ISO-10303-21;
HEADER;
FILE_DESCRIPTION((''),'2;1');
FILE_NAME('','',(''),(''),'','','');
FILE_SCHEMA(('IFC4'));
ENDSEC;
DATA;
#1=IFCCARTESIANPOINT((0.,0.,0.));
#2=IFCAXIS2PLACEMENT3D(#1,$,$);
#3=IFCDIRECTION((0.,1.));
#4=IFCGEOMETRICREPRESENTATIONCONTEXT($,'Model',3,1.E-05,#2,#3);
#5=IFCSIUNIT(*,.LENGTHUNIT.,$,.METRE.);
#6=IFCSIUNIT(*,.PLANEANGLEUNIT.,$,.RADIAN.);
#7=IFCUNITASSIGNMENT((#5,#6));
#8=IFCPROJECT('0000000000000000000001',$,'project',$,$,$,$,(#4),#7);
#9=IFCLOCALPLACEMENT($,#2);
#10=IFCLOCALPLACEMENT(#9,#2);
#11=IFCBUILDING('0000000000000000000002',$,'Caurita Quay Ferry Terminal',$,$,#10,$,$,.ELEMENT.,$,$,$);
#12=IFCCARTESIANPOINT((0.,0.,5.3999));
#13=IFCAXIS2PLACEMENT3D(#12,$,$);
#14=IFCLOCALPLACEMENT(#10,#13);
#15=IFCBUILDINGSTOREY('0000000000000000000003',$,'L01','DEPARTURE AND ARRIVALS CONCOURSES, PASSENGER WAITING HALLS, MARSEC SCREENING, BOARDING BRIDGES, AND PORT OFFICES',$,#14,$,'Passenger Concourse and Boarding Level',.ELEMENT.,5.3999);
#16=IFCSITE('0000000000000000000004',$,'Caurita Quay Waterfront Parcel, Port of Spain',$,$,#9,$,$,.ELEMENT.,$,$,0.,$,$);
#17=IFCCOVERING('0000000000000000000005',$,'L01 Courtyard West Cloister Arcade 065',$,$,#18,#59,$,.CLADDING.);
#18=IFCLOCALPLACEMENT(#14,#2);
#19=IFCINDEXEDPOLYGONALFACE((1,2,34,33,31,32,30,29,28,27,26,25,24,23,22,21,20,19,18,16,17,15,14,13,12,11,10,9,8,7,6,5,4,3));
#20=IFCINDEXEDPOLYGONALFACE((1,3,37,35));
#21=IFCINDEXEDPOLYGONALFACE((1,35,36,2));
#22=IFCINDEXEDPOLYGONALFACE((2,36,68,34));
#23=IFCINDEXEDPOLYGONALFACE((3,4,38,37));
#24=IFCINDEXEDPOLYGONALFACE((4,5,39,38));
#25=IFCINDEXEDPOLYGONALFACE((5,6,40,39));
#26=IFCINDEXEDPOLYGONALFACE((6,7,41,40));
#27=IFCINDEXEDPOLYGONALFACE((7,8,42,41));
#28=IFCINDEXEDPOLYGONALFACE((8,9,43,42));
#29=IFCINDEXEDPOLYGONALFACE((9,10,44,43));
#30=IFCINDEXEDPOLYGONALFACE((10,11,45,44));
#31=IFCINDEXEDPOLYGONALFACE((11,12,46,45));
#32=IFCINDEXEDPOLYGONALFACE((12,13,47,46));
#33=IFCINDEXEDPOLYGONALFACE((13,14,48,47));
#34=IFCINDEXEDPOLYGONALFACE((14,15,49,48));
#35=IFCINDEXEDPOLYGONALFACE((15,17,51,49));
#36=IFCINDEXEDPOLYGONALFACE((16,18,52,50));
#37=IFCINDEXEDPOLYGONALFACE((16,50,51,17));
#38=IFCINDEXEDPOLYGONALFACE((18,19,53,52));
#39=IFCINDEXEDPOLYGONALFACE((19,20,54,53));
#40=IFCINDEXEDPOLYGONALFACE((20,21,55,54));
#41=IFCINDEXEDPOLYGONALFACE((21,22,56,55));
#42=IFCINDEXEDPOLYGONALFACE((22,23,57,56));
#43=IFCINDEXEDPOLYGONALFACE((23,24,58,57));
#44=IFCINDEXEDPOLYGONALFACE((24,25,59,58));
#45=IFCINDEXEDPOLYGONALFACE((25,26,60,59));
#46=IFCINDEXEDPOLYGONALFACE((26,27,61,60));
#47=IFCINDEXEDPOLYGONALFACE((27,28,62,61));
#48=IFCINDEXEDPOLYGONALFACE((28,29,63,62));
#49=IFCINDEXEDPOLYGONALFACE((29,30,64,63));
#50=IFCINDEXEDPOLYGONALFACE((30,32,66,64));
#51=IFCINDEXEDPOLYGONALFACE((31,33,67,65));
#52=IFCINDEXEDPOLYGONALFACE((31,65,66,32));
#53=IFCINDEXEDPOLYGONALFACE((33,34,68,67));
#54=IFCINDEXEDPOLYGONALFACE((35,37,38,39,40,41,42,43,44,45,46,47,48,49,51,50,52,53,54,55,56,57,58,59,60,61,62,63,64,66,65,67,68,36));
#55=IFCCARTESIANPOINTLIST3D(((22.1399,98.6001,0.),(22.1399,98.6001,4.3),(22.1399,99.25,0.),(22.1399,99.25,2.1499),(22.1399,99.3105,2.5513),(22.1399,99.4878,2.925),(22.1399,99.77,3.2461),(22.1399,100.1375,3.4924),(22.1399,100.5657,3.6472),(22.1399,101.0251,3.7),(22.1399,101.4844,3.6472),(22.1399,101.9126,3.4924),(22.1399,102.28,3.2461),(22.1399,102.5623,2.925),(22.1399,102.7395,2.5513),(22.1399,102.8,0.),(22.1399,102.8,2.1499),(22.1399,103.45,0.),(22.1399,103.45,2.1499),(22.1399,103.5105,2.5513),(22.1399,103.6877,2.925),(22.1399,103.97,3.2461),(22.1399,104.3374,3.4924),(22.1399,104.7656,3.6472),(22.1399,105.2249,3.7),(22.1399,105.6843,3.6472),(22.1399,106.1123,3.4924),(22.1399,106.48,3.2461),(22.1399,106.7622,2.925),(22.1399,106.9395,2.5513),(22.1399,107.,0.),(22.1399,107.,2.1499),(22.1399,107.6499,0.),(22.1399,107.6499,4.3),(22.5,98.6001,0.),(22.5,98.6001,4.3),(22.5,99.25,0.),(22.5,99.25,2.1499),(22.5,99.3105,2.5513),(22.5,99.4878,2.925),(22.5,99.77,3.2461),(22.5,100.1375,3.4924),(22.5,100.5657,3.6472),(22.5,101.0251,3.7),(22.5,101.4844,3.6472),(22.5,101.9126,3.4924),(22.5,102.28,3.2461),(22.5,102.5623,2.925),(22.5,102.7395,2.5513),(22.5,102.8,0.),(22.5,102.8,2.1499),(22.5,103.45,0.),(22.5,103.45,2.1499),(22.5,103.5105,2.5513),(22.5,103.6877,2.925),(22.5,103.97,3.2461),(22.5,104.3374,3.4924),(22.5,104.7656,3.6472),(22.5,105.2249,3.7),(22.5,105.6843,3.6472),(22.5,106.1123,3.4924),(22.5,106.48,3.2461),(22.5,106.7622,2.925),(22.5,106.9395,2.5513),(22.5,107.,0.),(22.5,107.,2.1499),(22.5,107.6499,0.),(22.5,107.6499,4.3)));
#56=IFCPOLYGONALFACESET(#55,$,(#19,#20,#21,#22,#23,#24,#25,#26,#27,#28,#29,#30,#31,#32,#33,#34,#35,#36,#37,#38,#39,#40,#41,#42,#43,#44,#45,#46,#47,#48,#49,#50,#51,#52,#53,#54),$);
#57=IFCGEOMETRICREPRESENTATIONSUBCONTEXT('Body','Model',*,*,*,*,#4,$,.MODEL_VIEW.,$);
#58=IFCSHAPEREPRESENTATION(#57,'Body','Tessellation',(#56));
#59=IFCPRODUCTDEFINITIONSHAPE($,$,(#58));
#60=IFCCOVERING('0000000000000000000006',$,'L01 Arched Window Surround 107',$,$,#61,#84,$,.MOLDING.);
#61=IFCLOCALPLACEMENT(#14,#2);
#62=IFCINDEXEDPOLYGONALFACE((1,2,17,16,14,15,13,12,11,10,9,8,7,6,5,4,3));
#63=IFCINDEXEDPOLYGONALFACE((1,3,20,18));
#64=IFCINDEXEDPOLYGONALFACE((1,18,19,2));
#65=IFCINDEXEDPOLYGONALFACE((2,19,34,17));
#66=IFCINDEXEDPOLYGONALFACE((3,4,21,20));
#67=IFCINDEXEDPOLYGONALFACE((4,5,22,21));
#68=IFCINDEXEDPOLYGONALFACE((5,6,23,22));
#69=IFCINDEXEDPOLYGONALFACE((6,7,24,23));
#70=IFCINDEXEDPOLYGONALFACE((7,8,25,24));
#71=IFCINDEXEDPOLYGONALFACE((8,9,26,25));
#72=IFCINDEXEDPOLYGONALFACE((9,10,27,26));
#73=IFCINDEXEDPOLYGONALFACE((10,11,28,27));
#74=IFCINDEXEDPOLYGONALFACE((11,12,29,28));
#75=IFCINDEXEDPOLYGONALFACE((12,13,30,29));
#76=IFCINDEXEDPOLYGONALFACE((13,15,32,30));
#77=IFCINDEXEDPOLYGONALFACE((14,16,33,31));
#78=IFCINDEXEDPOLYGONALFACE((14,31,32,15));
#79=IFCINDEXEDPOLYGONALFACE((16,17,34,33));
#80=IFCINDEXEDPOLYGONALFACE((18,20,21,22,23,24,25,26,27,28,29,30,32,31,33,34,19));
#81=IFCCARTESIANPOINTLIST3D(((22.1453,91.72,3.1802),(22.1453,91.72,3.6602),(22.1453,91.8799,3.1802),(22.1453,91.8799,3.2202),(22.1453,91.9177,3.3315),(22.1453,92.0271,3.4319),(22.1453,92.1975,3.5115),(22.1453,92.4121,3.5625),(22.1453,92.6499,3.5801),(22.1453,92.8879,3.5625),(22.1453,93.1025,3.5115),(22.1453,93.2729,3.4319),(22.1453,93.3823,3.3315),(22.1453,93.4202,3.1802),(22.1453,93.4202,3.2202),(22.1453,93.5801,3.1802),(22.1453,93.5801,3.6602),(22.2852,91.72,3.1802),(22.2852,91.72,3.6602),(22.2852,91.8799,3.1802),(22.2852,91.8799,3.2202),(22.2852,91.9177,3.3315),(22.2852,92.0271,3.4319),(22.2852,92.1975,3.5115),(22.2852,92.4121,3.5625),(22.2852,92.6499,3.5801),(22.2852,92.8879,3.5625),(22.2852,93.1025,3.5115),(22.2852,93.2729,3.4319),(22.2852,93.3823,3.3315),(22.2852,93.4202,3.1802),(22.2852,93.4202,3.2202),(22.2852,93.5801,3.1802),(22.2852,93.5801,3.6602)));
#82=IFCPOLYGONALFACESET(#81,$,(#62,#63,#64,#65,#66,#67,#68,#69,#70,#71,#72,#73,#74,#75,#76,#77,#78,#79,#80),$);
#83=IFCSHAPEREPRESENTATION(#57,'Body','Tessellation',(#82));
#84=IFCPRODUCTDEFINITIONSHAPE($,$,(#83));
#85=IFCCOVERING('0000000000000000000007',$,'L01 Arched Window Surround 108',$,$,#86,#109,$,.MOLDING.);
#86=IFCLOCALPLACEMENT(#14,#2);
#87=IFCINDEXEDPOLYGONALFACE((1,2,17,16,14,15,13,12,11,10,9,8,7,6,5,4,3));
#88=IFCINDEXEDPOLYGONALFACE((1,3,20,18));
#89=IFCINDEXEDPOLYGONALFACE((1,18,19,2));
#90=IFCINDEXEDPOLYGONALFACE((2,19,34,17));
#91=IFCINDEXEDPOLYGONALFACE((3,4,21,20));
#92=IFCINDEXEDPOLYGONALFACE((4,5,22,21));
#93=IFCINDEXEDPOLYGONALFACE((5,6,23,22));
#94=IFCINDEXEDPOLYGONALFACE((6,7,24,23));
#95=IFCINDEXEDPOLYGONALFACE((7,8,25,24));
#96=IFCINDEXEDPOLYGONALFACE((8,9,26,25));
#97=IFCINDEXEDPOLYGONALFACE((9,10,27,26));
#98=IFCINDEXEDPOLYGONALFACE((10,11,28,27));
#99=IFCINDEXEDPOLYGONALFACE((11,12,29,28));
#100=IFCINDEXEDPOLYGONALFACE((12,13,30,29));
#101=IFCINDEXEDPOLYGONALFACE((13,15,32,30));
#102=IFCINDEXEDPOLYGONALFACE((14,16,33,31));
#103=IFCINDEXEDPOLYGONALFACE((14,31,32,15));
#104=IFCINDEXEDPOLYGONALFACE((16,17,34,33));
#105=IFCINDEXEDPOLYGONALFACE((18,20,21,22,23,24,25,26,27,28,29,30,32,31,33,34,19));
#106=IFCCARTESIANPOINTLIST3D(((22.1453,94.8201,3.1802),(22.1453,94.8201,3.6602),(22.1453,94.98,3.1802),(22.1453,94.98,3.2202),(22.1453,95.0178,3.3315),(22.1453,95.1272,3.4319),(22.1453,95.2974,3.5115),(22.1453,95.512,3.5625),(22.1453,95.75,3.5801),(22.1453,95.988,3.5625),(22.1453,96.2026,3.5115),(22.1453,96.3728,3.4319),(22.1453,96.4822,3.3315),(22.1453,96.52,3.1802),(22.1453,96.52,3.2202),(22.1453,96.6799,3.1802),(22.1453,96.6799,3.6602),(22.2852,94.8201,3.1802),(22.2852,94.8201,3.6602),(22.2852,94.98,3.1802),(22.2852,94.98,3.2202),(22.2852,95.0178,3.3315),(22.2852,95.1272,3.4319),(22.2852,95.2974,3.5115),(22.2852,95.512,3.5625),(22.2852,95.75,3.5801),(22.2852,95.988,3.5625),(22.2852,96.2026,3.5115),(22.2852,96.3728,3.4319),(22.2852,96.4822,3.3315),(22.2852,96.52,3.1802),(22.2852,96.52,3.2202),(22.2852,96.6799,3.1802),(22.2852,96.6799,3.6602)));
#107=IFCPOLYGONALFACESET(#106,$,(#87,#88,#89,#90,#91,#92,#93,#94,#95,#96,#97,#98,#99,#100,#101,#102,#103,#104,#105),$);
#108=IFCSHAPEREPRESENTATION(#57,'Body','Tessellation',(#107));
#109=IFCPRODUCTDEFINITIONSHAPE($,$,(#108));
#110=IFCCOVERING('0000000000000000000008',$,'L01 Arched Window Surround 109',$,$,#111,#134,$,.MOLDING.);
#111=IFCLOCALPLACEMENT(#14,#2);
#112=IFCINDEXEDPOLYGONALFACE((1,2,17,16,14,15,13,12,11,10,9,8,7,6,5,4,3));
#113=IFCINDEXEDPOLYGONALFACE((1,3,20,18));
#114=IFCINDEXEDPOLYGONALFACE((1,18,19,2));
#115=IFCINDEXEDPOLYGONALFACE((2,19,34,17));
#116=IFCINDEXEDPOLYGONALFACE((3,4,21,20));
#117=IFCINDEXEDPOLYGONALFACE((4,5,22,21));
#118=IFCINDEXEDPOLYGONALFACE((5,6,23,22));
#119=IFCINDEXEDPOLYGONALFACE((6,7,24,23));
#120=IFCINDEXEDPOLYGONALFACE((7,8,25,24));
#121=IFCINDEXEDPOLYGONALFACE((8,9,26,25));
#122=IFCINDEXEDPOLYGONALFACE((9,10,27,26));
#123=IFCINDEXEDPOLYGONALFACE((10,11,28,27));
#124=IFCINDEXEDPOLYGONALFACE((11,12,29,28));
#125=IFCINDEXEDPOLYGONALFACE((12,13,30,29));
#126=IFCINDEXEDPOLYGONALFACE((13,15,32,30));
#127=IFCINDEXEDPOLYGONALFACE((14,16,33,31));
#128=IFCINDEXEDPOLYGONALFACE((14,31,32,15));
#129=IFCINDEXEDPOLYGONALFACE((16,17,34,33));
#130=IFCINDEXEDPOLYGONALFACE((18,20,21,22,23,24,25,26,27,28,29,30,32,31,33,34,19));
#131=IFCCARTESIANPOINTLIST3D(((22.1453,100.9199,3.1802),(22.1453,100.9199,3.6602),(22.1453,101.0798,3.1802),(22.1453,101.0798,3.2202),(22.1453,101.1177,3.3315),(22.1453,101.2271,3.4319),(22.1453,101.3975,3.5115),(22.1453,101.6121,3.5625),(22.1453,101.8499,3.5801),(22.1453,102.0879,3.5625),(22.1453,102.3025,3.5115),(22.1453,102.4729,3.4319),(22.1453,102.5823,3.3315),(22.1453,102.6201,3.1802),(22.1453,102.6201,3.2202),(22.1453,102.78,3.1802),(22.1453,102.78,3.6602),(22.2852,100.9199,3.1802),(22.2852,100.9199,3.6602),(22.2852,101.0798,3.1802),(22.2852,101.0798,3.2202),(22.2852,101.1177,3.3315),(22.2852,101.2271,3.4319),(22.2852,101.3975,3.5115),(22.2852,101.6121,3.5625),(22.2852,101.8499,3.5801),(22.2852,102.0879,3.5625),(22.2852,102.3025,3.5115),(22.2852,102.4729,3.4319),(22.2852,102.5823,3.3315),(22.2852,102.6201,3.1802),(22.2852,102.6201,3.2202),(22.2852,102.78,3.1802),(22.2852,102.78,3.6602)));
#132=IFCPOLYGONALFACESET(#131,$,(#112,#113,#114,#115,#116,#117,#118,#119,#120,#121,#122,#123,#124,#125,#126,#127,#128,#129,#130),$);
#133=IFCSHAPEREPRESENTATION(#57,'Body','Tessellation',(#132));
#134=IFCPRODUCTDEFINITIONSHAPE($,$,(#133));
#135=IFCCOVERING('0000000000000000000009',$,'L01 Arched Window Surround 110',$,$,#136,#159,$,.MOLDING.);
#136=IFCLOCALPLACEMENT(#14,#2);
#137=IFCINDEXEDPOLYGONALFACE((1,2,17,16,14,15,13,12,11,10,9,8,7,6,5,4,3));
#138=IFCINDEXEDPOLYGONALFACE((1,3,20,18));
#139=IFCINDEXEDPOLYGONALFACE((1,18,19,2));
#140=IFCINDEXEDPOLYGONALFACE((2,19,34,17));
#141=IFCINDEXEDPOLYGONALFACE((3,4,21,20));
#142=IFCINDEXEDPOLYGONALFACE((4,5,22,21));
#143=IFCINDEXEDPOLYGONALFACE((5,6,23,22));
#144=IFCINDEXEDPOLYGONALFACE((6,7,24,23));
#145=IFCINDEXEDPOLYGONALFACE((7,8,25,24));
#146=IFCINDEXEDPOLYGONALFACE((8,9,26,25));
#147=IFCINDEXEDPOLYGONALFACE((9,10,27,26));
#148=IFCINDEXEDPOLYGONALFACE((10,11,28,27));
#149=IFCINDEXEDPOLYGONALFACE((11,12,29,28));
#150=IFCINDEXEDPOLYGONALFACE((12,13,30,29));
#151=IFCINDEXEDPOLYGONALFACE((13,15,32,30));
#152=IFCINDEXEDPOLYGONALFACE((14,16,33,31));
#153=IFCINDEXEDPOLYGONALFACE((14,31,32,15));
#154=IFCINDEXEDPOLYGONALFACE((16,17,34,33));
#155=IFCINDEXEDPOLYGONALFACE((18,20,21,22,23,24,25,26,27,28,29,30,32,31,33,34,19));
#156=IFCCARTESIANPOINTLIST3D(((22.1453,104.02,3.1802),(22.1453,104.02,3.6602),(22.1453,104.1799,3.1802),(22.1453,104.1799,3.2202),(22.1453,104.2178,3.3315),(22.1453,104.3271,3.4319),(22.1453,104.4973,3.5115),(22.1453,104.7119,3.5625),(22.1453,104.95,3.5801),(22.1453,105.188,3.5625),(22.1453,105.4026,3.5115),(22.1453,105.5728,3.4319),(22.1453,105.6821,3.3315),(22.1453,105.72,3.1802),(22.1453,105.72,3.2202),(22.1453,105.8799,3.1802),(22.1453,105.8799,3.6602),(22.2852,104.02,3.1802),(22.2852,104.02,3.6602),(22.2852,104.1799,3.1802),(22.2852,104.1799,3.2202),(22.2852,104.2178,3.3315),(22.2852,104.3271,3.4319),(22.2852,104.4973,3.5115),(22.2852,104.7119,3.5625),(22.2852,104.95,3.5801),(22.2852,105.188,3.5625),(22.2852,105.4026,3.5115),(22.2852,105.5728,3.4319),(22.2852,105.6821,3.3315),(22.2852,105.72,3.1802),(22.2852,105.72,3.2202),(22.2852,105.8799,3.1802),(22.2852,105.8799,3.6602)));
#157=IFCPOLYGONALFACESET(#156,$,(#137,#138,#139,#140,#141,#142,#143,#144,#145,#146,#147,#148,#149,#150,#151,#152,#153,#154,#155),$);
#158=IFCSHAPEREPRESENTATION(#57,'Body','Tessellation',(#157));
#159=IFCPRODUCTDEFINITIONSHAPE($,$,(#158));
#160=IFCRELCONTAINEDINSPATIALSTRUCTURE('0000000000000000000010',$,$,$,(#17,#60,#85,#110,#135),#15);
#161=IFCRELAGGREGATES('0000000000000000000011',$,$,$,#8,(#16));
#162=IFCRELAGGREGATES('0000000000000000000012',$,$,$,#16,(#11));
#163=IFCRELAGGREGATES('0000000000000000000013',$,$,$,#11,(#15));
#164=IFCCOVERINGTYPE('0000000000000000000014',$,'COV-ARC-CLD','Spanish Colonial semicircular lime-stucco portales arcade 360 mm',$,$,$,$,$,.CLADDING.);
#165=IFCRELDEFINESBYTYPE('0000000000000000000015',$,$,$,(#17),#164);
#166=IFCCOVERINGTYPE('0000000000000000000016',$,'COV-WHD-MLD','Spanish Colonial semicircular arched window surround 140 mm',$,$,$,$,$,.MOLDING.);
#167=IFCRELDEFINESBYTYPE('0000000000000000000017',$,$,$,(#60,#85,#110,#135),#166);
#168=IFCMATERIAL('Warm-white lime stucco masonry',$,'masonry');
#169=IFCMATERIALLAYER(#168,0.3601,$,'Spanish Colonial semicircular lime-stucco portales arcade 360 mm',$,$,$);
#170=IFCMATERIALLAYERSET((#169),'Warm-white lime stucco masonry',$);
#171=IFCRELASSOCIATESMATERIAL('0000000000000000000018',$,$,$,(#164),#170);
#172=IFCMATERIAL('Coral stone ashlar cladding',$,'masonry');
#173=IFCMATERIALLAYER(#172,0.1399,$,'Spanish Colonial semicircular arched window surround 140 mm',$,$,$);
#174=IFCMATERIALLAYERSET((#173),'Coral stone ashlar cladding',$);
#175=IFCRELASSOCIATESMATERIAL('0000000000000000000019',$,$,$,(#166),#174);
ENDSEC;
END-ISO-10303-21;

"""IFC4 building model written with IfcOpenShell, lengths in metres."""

from ifc_helpers import new_model, si_unit, direction, frame, origin, place, context, subcontext, project, spatial, polyline, outline, extrude, material, layer, layer_set, type_object, element, save


model = new_model("IFC4")

# Units and contexts
model_context = context("Model", 3, precision=1e-05, world=origin(), true_north=direction((0.0, 1.0)))
body_context = subcontext(model_context, "Body", "Model", "MODEL_VIEW")
ifc_project = project(units=[si_unit("LENGTHUNIT", "METRE"), si_unit("PLANEANGLEUNIT", "RADIAN")], contexts=[model_context])

# Site, building, storey
site_placement = place(None, origin())
site = spatial("IfcSite", under=ifc_project, at=site_placement, Name="Caurita Quay Waterfront Parcel, Port of Spain", CompositionType="ELEMENT", RefElevation=0.0)
building_placement = place(site_placement, origin())
building = spatial("IfcBuilding", under=site, at=building_placement, Name="Caurita Quay Ferry Terminal", CompositionType="ELEMENT")
storey_placement = place(building_placement, frame((0.0, 0.0, 5.3999)))
storey = spatial("IfcBuildingStorey", under=building, at=storey_placement, Name="L01", Description="DEPARTURE AND ARRIVALS CONCOURSES, PASSENGER WAITING HALLS, MARSEC SCREENING, BOARDING BRIDGES, AND PORT OFFICES", LongName="Passenger Concourse and Boarding Level", CompositionType="ELEMENT", Elevation=5.3999)

# Shared definitions
ifc_material_1 = material(Name="Warm-white lime stucco masonry", Category="masonry")

# Coverings
ifc_layer_1 = layer(ifc_material_1, 0.3601, Name="Spanish Colonial semicircular lime-stucco portales arcade 360 mm")
ifc_layer_set_1 = layer_set([ifc_layer_1], Name="Warm-white lime stucco masonry")
covering_type_1 = type_object("IfcCoveringType", Name="COV-ARC-CLD", Description="Spanish Colonial semicircular lime-stucco portales arcade 360 mm", PredefinedType="CLADDING", material=ifc_layer_set_1)
covering_1_placement = place(storey_placement, frame((22.3201, 98.6001, 0.0), z_axis=(0.0, 0.0, 1.0), x_axis=(0.0, 1.0, 0.0)))
element("IfcCovering", 1, at=covering_1_placement, inside=storey, type_object=covering_type_1, Name="L01 Courtyard West Cloister Arcade 065", PredefinedType="CLADDING", context=body_context, shape_type="SweptSolid", body=[
    extrude(outline(polyline([(0.0, 0.0), (0.6499, 0.0), (0.6499, 2.1499), (0.7104, 2.5513), (0.8877, 2.925), (1.1699, 3.2461), (1.5374, 3.4924), (1.9656, 3.6472), (2.425, 3.7), (2.8843, 3.6472), (3.3125, 3.4924), (3.6799, 3.2461), (3.9622, 2.925), (4.1394, 2.5513), (4.2, 2.1499), (4.2, 0.0), (4.8499, 0.0), (4.8499, 2.1499), (4.9104, 2.5513), (5.0876, 2.925), (5.3699, 3.2461), (5.7373, 3.4924), (6.1655, 3.6472), (6.6248, 3.7), (7.0842, 3.6472), (7.5122, 3.4924), (7.8799, 3.2461), (8.1621, 2.925), (8.3394, 2.5513), (8.3999, 2.1499), (8.3999, 0.0), (9.0498, 0.0), (9.0498, 4.3), (0.0, 4.3), (0.0, 0.0)])), frame((0.0, 0.1802, 0.0), z_axis=(0.0, -1.0, 0.0), x_axis=(1.0, 0.0, 0.0)), (0.0, 0.0, 1.0), 0.3601),
])
ifc_material_2 = material(Name="Coral stone ashlar cladding", Category="masonry")
ifc_layer_2 = layer(ifc_material_2, 0.1399, Name="Spanish Colonial semicircular arched window surround 140 mm")
ifc_layer_set_2 = layer_set([ifc_layer_2], Name="Coral stone ashlar cladding")
covering_type_2 = type_object("IfcCoveringType", Name="COV-WHD-MLD", Description="Spanish Colonial semicircular arched window surround 140 mm", PredefinedType="MOLDING", material=ifc_layer_set_2)
covering_2_placement = place(storey_placement, frame((22.2151, 91.72, 3.1802), z_axis=(0.0, 0.0, 1.0), x_axis=(0.0, 1.0, 0.0)))
element("IfcCovering", 2, at=covering_2_placement, inside=storey, type_object=covering_type_2, Name="L01 Arched Window Surround 107", PredefinedType="MOLDING", context=body_context, shape_type="SweptSolid", body=[
    extrude(outline(polyline([(0.0, 0.0), (0.1599, 0.0), (0.1599, 0.04), (0.1978, 0.1514), (0.3071, 0.2517), (0.4775, 0.3313), (0.6921, 0.3823), (0.9299, 0.3999), (1.168, 0.3823), (1.3826, 0.3313), (1.553, 0.2517), (1.6624, 0.1514), (1.7002, 0.04), (1.7002, 0.0), (1.8601, 0.0), (1.8601, 0.48), (0.0, 0.48), (0.0, 0.0)])), frame((0.0, 0.0698, 0.0), z_axis=(0.0, -1.0, 0.0), x_axis=(1.0, 0.0, 0.0)), (0.0, 0.0, 1.0), 0.1399),
])
covering_3_placement = place(storey_placement, frame((22.2151, 94.8201, 3.1802), z_axis=(0.0, 0.0, 1.0), x_axis=(0.0, 1.0, 0.0)))
element("IfcCovering", 3, at=covering_3_placement, inside=storey, type_object=covering_type_2, Name="L01 Arched Window Surround 108", PredefinedType="MOLDING", context=body_context, shape_type="SweptSolid", body=[
    extrude(outline(polyline([(0.0, 0.0), (0.1599, 0.0), (0.1599, 0.04), (0.1978, 0.1514), (0.3071, 0.2517), (0.4773, 0.3313), (0.6919, 0.3823), (0.9299, 0.3999), (1.168, 0.3823), (1.3826, 0.3313), (1.5527, 0.2517), (1.6621, 0.1514), (1.7, 0.04), (1.7, 0.0), (1.8599, 0.0), (1.8599, 0.48), (0.0, 0.48), (0.0, 0.0)])), frame((0.0, 0.0698, 0.0), z_axis=(0.0, -1.0, 0.0), x_axis=(1.0, 0.0, 0.0)), (0.0, 0.0, 1.0), 0.1399),
])
covering_4_placement = place(storey_placement, frame((22.2151, 100.9199, 3.1802), z_axis=(0.0, 0.0, 1.0), x_axis=(0.0, 1.0, 0.0)))
element("IfcCovering", 4, at=covering_4_placement, inside=storey, type_object=covering_type_2, Name="L01 Arched Window Surround 109", PredefinedType="MOLDING", context=body_context, shape_type="SweptSolid", body=[
    extrude(outline(polyline([(0.0, 0.0), (0.1599, 0.0), (0.1599, 0.04), (0.1978, 0.1514), (0.3071, 0.2517), (0.4775, 0.3313), (0.6921, 0.3823), (0.9299, 0.3999), (1.168, 0.3823), (1.3826, 0.3313), (1.553, 0.2517), (1.6624, 0.1514), (1.7002, 0.04), (1.7002, 0.0), (1.8601, 0.0), (1.8601, 0.48), (0.0, 0.48), (0.0, 0.0)])), frame((0.0, 0.0698, 0.0), z_axis=(0.0, -1.0, 0.0), x_axis=(1.0, 0.0, 0.0)), (0.0, 0.0, 1.0), 0.1399),
])
covering_5_placement = place(storey_placement, frame((22.2151, 104.02, 3.1802), z_axis=(0.0, 0.0, 1.0), x_axis=(0.0, 1.0, 0.0)))
element("IfcCovering", 5, at=covering_5_placement, inside=storey, type_object=covering_type_2, Name="L01 Arched Window Surround 110", PredefinedType="MOLDING", context=body_context, shape_type="SweptSolid", body=[
    extrude(outline(polyline([(0.0, 0.0), (0.1599, 0.0), (0.1599, 0.04), (0.1978, 0.1514), (0.3071, 0.2517), (0.4773, 0.3313), (0.6919, 0.3823), (0.9299, 0.3999), (1.168, 0.3823), (1.3826, 0.3313), (1.5527, 0.2517), (1.6621, 0.1514), (1.7, 0.04), (1.7, 0.0), (1.8599, 0.0), (1.8599, 0.48), (0.0, 0.48), (0.0, 0.0)])), frame((0.0, 0.0698, 0.0), z_axis=(0.0, -1.0, 0.0), x_axis=(1.0, 0.0, 0.0)), (0.0, 0.0, 1.0), 0.1399),
])

save(model, "model.ifc")
